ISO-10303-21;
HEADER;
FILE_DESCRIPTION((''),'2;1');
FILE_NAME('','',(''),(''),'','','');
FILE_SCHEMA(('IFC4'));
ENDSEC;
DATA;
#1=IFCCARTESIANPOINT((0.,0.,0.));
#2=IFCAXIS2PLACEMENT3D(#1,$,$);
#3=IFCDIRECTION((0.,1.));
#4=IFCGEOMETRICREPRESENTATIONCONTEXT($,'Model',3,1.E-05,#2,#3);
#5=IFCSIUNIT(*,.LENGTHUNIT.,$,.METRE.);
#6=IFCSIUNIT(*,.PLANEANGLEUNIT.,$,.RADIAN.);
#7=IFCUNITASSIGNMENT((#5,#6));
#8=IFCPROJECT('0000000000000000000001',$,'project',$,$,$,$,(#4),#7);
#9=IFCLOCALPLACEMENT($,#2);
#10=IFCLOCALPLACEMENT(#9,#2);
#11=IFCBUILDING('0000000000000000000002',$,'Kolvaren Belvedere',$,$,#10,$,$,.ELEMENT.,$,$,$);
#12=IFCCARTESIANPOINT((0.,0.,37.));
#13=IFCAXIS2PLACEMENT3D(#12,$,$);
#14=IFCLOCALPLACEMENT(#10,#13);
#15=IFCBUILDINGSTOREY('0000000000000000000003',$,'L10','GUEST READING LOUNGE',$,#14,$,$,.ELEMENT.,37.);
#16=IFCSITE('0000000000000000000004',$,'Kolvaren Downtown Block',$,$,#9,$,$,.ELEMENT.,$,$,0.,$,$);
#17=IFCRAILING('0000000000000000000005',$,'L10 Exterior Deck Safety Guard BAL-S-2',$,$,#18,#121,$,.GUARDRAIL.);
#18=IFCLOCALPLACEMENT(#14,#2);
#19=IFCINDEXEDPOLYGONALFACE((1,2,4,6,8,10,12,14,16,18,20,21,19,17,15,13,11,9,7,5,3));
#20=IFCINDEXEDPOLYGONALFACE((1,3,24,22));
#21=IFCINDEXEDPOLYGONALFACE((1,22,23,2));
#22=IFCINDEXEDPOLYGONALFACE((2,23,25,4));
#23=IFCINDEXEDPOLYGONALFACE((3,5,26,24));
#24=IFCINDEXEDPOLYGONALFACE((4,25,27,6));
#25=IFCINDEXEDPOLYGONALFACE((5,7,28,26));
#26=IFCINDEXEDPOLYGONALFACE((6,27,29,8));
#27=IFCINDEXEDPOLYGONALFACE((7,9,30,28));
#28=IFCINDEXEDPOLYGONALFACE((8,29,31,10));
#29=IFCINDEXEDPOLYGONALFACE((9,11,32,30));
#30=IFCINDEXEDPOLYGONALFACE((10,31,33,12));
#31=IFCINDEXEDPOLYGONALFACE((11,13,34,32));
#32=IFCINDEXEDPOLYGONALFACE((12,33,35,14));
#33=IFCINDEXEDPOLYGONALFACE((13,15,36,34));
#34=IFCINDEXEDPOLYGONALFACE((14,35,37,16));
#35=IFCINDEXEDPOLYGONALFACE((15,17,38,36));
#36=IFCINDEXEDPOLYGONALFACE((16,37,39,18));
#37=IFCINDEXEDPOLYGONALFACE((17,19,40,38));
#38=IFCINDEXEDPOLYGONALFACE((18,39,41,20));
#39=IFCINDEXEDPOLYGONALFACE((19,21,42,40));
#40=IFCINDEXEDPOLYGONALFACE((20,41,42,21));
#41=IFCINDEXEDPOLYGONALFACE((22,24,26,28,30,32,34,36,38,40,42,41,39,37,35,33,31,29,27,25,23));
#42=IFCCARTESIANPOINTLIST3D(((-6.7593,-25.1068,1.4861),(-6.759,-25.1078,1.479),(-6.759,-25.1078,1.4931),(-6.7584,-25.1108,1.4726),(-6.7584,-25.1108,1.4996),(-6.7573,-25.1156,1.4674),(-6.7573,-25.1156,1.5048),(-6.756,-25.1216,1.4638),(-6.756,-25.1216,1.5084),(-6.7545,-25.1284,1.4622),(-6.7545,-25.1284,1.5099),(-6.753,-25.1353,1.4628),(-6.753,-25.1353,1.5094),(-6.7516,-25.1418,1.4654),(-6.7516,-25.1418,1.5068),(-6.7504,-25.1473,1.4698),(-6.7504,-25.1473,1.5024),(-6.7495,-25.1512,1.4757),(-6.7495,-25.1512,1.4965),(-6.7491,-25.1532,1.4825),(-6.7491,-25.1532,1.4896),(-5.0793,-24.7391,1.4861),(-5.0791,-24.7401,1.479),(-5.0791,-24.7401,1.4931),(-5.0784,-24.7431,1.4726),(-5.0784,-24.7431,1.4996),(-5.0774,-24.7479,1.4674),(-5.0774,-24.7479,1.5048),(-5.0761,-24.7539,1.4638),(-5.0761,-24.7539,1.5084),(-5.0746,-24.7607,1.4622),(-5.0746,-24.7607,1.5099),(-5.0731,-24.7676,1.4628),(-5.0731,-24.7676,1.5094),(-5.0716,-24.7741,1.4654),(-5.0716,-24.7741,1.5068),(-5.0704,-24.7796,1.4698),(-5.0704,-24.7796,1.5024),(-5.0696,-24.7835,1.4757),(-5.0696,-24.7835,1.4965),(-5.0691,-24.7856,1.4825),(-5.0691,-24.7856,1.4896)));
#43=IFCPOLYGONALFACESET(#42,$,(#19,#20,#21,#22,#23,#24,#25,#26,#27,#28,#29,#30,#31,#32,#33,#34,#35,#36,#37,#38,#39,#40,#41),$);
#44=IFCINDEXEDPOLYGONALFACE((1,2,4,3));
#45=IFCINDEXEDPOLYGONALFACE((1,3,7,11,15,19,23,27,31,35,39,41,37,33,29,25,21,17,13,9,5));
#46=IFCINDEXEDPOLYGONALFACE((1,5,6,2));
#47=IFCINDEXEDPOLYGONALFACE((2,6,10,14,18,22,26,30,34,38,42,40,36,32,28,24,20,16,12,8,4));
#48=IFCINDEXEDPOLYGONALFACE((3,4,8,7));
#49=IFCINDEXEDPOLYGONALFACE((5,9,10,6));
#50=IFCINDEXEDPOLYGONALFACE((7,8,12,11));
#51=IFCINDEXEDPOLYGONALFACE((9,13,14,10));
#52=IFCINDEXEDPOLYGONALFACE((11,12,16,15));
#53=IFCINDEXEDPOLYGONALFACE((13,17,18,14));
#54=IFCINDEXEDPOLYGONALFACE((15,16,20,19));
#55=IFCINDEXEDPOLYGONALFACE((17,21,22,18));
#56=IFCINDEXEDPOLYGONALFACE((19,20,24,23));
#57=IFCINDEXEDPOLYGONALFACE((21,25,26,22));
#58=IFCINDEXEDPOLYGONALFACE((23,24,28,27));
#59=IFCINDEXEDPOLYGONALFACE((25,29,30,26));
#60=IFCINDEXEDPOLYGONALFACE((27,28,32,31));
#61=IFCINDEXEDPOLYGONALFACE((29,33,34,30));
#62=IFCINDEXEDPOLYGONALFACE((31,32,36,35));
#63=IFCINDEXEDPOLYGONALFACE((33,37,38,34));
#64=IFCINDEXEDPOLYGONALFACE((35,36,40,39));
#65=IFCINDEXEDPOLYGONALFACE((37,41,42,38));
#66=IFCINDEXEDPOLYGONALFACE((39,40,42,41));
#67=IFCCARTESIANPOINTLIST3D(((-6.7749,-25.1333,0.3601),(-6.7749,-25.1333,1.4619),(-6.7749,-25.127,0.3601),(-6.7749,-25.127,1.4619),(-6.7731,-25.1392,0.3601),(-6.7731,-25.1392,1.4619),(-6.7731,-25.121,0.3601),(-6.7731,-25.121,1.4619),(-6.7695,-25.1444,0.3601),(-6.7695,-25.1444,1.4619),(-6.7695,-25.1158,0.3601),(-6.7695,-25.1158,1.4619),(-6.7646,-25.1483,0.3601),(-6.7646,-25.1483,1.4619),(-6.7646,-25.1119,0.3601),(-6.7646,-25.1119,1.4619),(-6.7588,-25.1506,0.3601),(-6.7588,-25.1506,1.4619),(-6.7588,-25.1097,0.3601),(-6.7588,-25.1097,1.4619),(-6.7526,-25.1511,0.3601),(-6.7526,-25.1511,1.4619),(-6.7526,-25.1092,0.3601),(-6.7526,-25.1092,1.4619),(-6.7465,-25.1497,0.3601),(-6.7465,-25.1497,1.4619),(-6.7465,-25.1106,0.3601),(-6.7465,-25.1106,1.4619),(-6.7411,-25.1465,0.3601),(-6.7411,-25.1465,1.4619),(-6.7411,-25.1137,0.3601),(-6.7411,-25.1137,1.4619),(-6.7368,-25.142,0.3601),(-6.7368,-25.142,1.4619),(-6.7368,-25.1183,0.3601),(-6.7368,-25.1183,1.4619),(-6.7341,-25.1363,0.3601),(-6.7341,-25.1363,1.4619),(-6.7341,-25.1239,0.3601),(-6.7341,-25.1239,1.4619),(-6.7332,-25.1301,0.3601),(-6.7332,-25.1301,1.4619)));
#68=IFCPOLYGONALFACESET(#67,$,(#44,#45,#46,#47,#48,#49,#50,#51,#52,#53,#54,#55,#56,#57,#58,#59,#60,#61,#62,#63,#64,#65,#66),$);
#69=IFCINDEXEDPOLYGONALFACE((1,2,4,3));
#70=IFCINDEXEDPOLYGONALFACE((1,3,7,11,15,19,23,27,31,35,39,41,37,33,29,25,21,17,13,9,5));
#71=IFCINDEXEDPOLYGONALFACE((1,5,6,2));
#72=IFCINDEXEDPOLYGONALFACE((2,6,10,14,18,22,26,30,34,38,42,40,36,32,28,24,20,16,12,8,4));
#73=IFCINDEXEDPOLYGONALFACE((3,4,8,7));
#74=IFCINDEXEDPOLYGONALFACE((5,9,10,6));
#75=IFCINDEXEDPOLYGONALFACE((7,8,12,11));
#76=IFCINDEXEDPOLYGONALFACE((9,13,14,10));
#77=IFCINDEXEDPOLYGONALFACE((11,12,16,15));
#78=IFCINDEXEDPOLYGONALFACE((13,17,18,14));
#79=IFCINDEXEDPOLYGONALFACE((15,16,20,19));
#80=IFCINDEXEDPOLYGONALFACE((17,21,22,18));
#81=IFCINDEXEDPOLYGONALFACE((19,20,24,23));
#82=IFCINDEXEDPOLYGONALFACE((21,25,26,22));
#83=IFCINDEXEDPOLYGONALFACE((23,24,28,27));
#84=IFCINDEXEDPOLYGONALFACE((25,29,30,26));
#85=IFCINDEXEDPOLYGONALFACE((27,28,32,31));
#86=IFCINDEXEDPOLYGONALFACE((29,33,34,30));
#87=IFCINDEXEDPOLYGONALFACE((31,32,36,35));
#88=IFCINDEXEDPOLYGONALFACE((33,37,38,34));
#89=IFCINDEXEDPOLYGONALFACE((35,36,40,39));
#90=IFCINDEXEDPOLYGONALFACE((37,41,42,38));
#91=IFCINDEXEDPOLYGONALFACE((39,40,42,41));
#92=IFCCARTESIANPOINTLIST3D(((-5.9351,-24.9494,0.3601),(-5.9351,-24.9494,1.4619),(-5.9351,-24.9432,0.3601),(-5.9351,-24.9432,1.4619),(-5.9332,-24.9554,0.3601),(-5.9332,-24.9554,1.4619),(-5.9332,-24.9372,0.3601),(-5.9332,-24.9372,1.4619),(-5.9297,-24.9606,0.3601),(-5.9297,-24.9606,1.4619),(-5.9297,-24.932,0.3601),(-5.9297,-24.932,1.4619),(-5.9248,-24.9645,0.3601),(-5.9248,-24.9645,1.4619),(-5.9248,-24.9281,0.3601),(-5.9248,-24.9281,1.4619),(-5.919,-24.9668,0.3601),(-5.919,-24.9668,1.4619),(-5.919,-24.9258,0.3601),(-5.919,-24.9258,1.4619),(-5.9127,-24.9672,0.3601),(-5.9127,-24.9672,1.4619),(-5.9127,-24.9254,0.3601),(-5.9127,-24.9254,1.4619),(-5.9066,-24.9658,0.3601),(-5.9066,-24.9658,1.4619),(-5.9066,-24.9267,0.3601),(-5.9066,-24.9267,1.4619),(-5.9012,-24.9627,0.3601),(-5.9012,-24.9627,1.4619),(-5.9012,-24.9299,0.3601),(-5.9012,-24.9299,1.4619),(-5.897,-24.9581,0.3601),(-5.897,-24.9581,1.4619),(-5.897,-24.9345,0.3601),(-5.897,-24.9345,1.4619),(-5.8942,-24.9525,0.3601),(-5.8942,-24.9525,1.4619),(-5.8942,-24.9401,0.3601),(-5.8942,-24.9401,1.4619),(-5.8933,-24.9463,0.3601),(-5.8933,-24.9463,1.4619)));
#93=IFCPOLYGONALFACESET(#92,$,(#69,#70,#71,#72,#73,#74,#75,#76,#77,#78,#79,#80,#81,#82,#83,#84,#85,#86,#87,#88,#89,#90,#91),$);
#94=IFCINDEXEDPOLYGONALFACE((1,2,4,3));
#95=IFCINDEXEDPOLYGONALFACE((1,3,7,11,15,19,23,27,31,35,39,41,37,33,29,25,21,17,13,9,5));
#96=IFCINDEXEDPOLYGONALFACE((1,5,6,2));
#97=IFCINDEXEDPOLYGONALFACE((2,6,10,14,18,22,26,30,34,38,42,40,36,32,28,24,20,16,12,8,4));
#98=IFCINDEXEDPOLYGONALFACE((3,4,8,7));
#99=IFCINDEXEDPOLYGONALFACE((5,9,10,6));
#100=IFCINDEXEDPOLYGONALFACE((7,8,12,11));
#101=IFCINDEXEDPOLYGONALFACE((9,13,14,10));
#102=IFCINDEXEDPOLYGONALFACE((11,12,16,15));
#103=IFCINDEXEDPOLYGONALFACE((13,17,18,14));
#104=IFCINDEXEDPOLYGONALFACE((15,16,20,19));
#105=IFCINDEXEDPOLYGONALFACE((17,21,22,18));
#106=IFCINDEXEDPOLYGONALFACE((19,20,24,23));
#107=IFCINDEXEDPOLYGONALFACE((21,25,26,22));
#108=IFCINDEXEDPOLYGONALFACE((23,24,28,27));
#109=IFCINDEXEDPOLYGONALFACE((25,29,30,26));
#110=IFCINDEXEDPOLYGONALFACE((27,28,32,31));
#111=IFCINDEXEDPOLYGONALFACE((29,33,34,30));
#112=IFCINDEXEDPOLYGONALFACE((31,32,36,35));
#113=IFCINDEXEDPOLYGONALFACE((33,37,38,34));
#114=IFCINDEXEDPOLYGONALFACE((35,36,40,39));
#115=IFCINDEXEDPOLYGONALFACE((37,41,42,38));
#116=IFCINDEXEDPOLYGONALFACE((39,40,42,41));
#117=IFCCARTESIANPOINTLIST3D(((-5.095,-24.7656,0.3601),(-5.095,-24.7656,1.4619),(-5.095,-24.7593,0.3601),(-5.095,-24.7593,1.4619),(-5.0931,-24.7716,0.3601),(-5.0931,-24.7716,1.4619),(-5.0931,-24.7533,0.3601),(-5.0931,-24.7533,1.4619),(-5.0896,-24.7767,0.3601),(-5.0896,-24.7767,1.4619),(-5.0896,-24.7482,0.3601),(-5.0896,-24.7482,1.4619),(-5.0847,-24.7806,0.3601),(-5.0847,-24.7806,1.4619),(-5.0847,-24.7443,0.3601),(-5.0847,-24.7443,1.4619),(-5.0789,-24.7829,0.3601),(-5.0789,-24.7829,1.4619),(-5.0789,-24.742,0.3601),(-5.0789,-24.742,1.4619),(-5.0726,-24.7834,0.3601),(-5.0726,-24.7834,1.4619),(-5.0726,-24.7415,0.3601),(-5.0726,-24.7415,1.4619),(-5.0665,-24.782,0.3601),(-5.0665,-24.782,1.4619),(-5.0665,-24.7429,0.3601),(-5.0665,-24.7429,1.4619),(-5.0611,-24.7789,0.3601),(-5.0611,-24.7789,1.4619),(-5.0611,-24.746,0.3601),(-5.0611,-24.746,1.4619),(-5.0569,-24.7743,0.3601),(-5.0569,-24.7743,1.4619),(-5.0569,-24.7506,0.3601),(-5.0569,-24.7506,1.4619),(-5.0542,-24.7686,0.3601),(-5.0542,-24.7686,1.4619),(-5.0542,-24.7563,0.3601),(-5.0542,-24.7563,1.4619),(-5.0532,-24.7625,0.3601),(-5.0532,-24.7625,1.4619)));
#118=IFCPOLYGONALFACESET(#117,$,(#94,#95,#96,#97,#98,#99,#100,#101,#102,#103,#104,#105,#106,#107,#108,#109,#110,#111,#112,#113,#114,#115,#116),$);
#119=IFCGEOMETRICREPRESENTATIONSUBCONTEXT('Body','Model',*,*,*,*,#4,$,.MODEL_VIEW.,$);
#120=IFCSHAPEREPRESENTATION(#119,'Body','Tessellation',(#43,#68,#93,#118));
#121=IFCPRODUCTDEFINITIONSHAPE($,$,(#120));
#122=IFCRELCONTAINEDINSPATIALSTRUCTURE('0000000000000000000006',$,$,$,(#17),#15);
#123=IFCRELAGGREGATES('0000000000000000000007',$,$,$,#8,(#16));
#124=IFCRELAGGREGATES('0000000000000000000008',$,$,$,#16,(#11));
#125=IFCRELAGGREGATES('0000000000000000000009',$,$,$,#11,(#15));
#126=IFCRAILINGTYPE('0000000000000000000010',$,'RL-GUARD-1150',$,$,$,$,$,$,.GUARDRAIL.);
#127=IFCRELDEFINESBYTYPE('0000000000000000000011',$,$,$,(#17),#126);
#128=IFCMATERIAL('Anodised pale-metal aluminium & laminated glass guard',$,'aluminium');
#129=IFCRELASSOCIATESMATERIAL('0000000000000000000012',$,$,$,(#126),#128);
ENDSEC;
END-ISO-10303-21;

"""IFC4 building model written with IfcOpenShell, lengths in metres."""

from ifc_helpers import new_model, si_unit, direction, frame, origin, origin_2d, place, context, subcontext, project, spatial, circle, extrude, material, type_object, element, save


model = new_model("IFC4")

# Units and contexts
model_context = context("Model", 3, precision=1e-05, world=origin(), true_north=direction((0.0, 1.0)))
body_context = subcontext(model_context, "Body", "Model", "MODEL_VIEW")
ifc_project = project(units=[si_unit("LENGTHUNIT", "METRE"), si_unit("PLANEANGLEUNIT", "RADIAN")], contexts=[model_context])

# Site, building, storey
site_placement = place(None, origin())
site = spatial("IfcSite", under=ifc_project, at=site_placement, Name="Kolvaren Downtown Block", CompositionType="ELEMENT", RefElevation=0.0)
building_placement = place(site_placement, origin())
building = spatial("IfcBuilding", under=site, at=building_placement, Name="Kolvaren Belvedere", CompositionType="ELEMENT")
storey_placement = place(building_placement, frame((0.0, 0.0, 37.0)))
storey = spatial("IfcBuildingStorey", under=building, at=storey_placement, Name="L10", Description="GUEST READING LOUNGE", CompositionType="ELEMENT", Elevation=37.0)

# Railing
ifc_material_1 = material(Name="Anodised pale-metal aluminium & laminated glass guard", Category="aluminium")
railing_type = type_object("IfcRailingType", Name="RL-GUARD-1150", PredefinedType="GUARDRAIL", material=ifc_material_1)
railing_1_placement = place(storey_placement, frame((-6.7542, -25.1301, 0.3601)))
element("IfcRailing", 1, at=railing_1_placement, inside=storey, type_object=railing_type, Name="L10 Exterior Deck Safety Guard BAL-S-2", PredefinedType="GUARDRAIL", context=body_context, shape_type="SweptSolid", body=[
    extrude(circle(Radius=0.0239, at=origin_2d()), frame((0.0, 0.0, 1.126), z_axis=(0.976877, 0.213803, 0.0), x_axis=(-0.213803, 0.976877, 0.0)), (0.0, 0.0, 1.0), 1.7197),
    extrude(circle(Radius=0.021, at=origin_2d()), origin(), (0.0, 0.0, 1.0), 1.1018),
    extrude(circle(Radius=0.021, at=origin_2d()), frame((0.8398, 0.1838, 0.0)), (0.0, 0.0, 1.0), 1.1018),
    extrude(circle(Radius=0.021, at=origin_2d()), frame((1.6799, 0.3677, 0.0)), (0.0, 0.0, 1.0), 1.1018),
])

save(model, "model.ifc")
